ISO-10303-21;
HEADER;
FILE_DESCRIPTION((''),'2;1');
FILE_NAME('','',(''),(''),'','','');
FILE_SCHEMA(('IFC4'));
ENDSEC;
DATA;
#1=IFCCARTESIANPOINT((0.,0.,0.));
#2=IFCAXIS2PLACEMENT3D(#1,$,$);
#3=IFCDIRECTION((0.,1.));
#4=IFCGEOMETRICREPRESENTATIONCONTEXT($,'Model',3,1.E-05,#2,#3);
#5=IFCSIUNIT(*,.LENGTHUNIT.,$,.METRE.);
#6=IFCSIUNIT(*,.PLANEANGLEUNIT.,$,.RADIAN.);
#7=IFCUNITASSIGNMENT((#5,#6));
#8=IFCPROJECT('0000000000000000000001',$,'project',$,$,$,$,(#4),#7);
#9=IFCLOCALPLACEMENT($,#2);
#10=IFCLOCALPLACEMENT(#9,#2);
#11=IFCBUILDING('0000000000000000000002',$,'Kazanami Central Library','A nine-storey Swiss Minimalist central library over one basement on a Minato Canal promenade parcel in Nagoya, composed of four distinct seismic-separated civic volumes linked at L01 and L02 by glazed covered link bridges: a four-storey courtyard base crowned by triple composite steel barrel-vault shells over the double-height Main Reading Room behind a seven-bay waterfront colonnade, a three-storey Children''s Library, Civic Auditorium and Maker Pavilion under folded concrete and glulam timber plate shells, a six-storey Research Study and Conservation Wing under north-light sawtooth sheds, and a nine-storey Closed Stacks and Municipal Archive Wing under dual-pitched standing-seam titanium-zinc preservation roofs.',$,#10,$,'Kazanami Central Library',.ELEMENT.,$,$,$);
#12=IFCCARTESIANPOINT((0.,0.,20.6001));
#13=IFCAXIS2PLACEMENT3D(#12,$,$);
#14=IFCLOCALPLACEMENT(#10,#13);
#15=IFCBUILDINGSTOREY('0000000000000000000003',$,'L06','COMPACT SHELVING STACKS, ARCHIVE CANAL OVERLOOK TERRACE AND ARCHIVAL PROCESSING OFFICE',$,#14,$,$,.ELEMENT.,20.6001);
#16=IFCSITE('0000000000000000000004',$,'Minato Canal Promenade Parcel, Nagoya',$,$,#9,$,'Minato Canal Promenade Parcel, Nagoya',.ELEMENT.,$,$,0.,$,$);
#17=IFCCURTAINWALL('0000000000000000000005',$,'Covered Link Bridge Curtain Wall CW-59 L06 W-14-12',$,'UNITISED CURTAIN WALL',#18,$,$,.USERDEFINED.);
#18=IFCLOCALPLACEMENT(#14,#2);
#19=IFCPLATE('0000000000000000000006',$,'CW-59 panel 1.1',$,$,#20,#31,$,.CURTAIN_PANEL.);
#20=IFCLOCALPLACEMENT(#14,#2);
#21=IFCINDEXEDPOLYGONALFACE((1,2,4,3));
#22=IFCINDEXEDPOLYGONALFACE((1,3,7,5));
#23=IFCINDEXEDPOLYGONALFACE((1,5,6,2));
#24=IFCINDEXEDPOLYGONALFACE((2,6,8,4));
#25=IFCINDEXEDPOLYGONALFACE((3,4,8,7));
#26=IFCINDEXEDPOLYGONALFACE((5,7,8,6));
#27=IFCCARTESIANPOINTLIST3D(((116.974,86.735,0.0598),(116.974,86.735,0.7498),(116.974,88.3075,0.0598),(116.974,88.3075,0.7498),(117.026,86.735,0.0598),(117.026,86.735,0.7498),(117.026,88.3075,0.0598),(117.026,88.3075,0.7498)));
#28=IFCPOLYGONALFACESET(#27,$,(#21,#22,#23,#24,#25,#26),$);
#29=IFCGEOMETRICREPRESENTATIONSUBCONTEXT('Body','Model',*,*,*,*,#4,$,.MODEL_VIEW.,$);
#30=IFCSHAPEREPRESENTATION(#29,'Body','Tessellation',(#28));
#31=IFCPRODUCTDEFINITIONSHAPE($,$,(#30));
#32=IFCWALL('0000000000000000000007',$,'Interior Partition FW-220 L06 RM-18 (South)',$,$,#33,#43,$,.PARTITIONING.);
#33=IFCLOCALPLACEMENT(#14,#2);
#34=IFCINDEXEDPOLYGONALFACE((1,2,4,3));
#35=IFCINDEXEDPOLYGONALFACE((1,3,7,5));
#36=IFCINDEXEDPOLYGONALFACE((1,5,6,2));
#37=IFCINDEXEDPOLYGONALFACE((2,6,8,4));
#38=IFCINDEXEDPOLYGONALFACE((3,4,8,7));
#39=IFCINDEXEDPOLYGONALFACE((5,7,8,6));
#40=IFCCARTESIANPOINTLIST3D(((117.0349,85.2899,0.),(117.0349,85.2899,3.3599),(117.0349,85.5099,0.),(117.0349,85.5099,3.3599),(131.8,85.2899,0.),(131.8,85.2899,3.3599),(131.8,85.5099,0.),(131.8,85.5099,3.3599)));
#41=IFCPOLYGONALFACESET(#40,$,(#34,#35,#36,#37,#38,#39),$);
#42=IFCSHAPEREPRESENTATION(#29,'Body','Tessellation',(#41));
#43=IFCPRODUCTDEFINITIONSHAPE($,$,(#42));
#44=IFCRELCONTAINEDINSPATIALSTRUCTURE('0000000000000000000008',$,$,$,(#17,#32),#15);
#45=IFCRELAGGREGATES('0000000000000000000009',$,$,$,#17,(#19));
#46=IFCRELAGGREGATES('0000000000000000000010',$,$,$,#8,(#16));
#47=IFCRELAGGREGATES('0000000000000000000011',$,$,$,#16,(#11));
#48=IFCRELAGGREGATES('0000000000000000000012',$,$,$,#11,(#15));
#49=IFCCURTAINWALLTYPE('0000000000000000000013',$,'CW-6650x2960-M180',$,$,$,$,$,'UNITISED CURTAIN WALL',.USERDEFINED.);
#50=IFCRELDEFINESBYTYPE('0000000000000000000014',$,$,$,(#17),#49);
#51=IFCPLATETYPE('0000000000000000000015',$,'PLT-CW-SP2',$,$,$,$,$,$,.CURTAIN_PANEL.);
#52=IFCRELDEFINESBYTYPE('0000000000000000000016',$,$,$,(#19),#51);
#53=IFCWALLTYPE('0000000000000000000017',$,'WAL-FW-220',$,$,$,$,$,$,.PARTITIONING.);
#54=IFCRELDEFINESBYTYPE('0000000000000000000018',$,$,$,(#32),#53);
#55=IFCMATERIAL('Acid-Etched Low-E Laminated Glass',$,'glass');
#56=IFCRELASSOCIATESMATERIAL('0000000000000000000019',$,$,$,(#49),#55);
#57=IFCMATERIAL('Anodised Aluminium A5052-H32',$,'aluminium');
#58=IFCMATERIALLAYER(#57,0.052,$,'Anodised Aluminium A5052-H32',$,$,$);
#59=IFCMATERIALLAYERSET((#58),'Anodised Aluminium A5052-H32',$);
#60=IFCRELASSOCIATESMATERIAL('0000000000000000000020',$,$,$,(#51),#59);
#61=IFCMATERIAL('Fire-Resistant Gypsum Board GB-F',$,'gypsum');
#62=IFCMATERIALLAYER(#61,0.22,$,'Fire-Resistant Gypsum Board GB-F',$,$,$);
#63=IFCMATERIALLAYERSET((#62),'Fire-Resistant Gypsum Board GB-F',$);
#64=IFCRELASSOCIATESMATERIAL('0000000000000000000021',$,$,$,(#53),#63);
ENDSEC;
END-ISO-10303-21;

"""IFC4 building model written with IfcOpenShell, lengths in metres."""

from ifc_helpers import new_model, si_unit, direction, frame, frame_2d, origin, origin_2d, place, context, subcontext, project, spatial, rectangle, extrude, material, layer, layer_set, type_object, element, aggregate, save


model = new_model("IFC4")

# Units and contexts
model_context = context("Model", 3, precision=1e-05, world=origin(), true_north=direction((0.0, 1.0)))
body_context = subcontext(model_context, "Body", "Model", "MODEL_VIEW")
ifc_project = project(units=[si_unit("LENGTHUNIT", "METRE"), si_unit("PLANEANGLEUNIT", "RADIAN")], contexts=[model_context])

# Site, building, storey
site_placement = place(None, origin())
site = spatial("IfcSite", under=ifc_project, at=site_placement, Name="Minato Canal Promenade Parcel, Nagoya", LongName="Minato Canal Promenade Parcel, Nagoya", CompositionType="ELEMENT", RefElevation=0.0)
building_placement = place(site_placement, origin())
building = spatial("IfcBuilding", under=site, at=building_placement, Name="Kazanami Central Library", Description="A nine-storey Swiss Minimalist central library over one basement on a Minato Canal promenade parcel in Nagoya, composed of four distinct seismic-separated civic volumes linked at L01 and L02 by glazed covered link bridges: a four-storey courtyard base crowned by triple composite steel barrel-vault shells over the double-height Main Reading Room behind a seven-bay waterfront colonnade, a three-storey Children's Library, Civic Auditorium and Maker Pavilion under folded concrete and glulam timber plate shells, a six-storey Research Study and Conservation Wing under north-light sawtooth sheds, and a nine-storey Closed Stacks and Municipal Archive Wing under dual-pitched standing-seam titanium-zinc preservation roofs.", LongName="Kazanami Central Library", CompositionType="ELEMENT")
storey_placement = place(building_placement, frame((0.0, 0.0, 20.6001)))
storey = spatial("IfcBuildingStorey", under=building, at=storey_placement, Name="L06", Description="COMPACT SHELVING STACKS, ARCHIVE CANAL OVERLOOK TERRACE AND ARCHIVAL PROCESSING OFFICE", CompositionType="ELEMENT", Elevation=20.6001)

# Curtain wall
ifc_material_1 = material(Name="Acid-Etched Low-E Laminated Glass", Category="glass")
curtain_wall_type = type_object("IfcCurtainWallType", Name="CW-6650x2960-M180", ElementType="UNITISED CURTAIN WALL", PredefinedType="USERDEFINED", material=ifc_material_1)
curtain_wall_1_placement = place(storey_placement, origin())
curtain_wall_1 = element("IfcCurtainWall", 1, at=curtain_wall_1_placement, inside=storey, type_object=curtain_wall_type, Name="Covered Link Bridge Curtain Wall CW-59 L06 W-14-12", ObjectType="UNITISED CURTAIN WALL", PredefinedType="USERDEFINED")

# Plate
ifc_material_2 = material(Name="Anodised Aluminium A5052-H32", Category="aluminium")
ifc_layer_1 = layer(ifc_material_2, 0.052, Name="Anodised Aluminium A5052-H32")
ifc_layer_set_1 = layer_set([ifc_layer_1], Name="Anodised Aluminium A5052-H32")
plate_type_1 = type_object("IfcPlateType", Name="PLT-CW-SP2", PredefinedType="CURTAIN_PANEL", material=ifc_layer_set_1)
plate_1_placement = place(storey_placement, frame((117.0, 87.5212, 0.0598), z_axis=(0.0, 0.0, 1.0), x_axis=(0.0, 1.0, 0.0)))
plate_1 = element("IfcPlate", 2, at=plate_1_placement, type_object=plate_type_1, Name="CW-59 panel 1.1", PredefinedType="CURTAIN_PANEL", context=body_context, shape_type="SweptSolid", body=[
    extrude(rectangle(XDim=1.5725, YDim=0.052, at=origin_2d()), origin(), (0.0, 0.0, 1.0), 0.6899),
])
aggregate(curtain_wall_1, [plate_1])

# Wall
ifc_material_3 = material(Name="Fire-Resistant Gypsum Board GB-F", Category="gypsum")
ifc_layer_2 = layer(ifc_material_3, 0.22, Name="Fire-Resistant Gypsum Board GB-F")
ifc_layer_set_2 = layer_set([ifc_layer_2], Name="Fire-Resistant Gypsum Board GB-F")
wall_type = type_object("IfcWallType", Name="WAL-FW-220", PredefinedType="PARTITIONING", material=ifc_layer_set_2)
wall_placement = place(storey_placement, frame((117.0349, 85.3999, 0.0), z_axis=(0.0, 0.0, 1.0), x_axis=(1.0, 0.0, 0.0)))
element("IfcWall", 3, at=wall_placement, inside=storey, type_object=wall_type, Name="Interior Partition FW-220 L06 RM-18 (South)", PredefinedType="PARTITIONING", context=body_context, shape_type="SweptSolid", body=[
    extrude(rectangle(XDim=14.7651, YDim=0.22, at=frame_2d((7.3826, 0.0))), origin(), (0.0, 0.0, 1.0), 3.3599),
])

save(model, "model.ifc")
